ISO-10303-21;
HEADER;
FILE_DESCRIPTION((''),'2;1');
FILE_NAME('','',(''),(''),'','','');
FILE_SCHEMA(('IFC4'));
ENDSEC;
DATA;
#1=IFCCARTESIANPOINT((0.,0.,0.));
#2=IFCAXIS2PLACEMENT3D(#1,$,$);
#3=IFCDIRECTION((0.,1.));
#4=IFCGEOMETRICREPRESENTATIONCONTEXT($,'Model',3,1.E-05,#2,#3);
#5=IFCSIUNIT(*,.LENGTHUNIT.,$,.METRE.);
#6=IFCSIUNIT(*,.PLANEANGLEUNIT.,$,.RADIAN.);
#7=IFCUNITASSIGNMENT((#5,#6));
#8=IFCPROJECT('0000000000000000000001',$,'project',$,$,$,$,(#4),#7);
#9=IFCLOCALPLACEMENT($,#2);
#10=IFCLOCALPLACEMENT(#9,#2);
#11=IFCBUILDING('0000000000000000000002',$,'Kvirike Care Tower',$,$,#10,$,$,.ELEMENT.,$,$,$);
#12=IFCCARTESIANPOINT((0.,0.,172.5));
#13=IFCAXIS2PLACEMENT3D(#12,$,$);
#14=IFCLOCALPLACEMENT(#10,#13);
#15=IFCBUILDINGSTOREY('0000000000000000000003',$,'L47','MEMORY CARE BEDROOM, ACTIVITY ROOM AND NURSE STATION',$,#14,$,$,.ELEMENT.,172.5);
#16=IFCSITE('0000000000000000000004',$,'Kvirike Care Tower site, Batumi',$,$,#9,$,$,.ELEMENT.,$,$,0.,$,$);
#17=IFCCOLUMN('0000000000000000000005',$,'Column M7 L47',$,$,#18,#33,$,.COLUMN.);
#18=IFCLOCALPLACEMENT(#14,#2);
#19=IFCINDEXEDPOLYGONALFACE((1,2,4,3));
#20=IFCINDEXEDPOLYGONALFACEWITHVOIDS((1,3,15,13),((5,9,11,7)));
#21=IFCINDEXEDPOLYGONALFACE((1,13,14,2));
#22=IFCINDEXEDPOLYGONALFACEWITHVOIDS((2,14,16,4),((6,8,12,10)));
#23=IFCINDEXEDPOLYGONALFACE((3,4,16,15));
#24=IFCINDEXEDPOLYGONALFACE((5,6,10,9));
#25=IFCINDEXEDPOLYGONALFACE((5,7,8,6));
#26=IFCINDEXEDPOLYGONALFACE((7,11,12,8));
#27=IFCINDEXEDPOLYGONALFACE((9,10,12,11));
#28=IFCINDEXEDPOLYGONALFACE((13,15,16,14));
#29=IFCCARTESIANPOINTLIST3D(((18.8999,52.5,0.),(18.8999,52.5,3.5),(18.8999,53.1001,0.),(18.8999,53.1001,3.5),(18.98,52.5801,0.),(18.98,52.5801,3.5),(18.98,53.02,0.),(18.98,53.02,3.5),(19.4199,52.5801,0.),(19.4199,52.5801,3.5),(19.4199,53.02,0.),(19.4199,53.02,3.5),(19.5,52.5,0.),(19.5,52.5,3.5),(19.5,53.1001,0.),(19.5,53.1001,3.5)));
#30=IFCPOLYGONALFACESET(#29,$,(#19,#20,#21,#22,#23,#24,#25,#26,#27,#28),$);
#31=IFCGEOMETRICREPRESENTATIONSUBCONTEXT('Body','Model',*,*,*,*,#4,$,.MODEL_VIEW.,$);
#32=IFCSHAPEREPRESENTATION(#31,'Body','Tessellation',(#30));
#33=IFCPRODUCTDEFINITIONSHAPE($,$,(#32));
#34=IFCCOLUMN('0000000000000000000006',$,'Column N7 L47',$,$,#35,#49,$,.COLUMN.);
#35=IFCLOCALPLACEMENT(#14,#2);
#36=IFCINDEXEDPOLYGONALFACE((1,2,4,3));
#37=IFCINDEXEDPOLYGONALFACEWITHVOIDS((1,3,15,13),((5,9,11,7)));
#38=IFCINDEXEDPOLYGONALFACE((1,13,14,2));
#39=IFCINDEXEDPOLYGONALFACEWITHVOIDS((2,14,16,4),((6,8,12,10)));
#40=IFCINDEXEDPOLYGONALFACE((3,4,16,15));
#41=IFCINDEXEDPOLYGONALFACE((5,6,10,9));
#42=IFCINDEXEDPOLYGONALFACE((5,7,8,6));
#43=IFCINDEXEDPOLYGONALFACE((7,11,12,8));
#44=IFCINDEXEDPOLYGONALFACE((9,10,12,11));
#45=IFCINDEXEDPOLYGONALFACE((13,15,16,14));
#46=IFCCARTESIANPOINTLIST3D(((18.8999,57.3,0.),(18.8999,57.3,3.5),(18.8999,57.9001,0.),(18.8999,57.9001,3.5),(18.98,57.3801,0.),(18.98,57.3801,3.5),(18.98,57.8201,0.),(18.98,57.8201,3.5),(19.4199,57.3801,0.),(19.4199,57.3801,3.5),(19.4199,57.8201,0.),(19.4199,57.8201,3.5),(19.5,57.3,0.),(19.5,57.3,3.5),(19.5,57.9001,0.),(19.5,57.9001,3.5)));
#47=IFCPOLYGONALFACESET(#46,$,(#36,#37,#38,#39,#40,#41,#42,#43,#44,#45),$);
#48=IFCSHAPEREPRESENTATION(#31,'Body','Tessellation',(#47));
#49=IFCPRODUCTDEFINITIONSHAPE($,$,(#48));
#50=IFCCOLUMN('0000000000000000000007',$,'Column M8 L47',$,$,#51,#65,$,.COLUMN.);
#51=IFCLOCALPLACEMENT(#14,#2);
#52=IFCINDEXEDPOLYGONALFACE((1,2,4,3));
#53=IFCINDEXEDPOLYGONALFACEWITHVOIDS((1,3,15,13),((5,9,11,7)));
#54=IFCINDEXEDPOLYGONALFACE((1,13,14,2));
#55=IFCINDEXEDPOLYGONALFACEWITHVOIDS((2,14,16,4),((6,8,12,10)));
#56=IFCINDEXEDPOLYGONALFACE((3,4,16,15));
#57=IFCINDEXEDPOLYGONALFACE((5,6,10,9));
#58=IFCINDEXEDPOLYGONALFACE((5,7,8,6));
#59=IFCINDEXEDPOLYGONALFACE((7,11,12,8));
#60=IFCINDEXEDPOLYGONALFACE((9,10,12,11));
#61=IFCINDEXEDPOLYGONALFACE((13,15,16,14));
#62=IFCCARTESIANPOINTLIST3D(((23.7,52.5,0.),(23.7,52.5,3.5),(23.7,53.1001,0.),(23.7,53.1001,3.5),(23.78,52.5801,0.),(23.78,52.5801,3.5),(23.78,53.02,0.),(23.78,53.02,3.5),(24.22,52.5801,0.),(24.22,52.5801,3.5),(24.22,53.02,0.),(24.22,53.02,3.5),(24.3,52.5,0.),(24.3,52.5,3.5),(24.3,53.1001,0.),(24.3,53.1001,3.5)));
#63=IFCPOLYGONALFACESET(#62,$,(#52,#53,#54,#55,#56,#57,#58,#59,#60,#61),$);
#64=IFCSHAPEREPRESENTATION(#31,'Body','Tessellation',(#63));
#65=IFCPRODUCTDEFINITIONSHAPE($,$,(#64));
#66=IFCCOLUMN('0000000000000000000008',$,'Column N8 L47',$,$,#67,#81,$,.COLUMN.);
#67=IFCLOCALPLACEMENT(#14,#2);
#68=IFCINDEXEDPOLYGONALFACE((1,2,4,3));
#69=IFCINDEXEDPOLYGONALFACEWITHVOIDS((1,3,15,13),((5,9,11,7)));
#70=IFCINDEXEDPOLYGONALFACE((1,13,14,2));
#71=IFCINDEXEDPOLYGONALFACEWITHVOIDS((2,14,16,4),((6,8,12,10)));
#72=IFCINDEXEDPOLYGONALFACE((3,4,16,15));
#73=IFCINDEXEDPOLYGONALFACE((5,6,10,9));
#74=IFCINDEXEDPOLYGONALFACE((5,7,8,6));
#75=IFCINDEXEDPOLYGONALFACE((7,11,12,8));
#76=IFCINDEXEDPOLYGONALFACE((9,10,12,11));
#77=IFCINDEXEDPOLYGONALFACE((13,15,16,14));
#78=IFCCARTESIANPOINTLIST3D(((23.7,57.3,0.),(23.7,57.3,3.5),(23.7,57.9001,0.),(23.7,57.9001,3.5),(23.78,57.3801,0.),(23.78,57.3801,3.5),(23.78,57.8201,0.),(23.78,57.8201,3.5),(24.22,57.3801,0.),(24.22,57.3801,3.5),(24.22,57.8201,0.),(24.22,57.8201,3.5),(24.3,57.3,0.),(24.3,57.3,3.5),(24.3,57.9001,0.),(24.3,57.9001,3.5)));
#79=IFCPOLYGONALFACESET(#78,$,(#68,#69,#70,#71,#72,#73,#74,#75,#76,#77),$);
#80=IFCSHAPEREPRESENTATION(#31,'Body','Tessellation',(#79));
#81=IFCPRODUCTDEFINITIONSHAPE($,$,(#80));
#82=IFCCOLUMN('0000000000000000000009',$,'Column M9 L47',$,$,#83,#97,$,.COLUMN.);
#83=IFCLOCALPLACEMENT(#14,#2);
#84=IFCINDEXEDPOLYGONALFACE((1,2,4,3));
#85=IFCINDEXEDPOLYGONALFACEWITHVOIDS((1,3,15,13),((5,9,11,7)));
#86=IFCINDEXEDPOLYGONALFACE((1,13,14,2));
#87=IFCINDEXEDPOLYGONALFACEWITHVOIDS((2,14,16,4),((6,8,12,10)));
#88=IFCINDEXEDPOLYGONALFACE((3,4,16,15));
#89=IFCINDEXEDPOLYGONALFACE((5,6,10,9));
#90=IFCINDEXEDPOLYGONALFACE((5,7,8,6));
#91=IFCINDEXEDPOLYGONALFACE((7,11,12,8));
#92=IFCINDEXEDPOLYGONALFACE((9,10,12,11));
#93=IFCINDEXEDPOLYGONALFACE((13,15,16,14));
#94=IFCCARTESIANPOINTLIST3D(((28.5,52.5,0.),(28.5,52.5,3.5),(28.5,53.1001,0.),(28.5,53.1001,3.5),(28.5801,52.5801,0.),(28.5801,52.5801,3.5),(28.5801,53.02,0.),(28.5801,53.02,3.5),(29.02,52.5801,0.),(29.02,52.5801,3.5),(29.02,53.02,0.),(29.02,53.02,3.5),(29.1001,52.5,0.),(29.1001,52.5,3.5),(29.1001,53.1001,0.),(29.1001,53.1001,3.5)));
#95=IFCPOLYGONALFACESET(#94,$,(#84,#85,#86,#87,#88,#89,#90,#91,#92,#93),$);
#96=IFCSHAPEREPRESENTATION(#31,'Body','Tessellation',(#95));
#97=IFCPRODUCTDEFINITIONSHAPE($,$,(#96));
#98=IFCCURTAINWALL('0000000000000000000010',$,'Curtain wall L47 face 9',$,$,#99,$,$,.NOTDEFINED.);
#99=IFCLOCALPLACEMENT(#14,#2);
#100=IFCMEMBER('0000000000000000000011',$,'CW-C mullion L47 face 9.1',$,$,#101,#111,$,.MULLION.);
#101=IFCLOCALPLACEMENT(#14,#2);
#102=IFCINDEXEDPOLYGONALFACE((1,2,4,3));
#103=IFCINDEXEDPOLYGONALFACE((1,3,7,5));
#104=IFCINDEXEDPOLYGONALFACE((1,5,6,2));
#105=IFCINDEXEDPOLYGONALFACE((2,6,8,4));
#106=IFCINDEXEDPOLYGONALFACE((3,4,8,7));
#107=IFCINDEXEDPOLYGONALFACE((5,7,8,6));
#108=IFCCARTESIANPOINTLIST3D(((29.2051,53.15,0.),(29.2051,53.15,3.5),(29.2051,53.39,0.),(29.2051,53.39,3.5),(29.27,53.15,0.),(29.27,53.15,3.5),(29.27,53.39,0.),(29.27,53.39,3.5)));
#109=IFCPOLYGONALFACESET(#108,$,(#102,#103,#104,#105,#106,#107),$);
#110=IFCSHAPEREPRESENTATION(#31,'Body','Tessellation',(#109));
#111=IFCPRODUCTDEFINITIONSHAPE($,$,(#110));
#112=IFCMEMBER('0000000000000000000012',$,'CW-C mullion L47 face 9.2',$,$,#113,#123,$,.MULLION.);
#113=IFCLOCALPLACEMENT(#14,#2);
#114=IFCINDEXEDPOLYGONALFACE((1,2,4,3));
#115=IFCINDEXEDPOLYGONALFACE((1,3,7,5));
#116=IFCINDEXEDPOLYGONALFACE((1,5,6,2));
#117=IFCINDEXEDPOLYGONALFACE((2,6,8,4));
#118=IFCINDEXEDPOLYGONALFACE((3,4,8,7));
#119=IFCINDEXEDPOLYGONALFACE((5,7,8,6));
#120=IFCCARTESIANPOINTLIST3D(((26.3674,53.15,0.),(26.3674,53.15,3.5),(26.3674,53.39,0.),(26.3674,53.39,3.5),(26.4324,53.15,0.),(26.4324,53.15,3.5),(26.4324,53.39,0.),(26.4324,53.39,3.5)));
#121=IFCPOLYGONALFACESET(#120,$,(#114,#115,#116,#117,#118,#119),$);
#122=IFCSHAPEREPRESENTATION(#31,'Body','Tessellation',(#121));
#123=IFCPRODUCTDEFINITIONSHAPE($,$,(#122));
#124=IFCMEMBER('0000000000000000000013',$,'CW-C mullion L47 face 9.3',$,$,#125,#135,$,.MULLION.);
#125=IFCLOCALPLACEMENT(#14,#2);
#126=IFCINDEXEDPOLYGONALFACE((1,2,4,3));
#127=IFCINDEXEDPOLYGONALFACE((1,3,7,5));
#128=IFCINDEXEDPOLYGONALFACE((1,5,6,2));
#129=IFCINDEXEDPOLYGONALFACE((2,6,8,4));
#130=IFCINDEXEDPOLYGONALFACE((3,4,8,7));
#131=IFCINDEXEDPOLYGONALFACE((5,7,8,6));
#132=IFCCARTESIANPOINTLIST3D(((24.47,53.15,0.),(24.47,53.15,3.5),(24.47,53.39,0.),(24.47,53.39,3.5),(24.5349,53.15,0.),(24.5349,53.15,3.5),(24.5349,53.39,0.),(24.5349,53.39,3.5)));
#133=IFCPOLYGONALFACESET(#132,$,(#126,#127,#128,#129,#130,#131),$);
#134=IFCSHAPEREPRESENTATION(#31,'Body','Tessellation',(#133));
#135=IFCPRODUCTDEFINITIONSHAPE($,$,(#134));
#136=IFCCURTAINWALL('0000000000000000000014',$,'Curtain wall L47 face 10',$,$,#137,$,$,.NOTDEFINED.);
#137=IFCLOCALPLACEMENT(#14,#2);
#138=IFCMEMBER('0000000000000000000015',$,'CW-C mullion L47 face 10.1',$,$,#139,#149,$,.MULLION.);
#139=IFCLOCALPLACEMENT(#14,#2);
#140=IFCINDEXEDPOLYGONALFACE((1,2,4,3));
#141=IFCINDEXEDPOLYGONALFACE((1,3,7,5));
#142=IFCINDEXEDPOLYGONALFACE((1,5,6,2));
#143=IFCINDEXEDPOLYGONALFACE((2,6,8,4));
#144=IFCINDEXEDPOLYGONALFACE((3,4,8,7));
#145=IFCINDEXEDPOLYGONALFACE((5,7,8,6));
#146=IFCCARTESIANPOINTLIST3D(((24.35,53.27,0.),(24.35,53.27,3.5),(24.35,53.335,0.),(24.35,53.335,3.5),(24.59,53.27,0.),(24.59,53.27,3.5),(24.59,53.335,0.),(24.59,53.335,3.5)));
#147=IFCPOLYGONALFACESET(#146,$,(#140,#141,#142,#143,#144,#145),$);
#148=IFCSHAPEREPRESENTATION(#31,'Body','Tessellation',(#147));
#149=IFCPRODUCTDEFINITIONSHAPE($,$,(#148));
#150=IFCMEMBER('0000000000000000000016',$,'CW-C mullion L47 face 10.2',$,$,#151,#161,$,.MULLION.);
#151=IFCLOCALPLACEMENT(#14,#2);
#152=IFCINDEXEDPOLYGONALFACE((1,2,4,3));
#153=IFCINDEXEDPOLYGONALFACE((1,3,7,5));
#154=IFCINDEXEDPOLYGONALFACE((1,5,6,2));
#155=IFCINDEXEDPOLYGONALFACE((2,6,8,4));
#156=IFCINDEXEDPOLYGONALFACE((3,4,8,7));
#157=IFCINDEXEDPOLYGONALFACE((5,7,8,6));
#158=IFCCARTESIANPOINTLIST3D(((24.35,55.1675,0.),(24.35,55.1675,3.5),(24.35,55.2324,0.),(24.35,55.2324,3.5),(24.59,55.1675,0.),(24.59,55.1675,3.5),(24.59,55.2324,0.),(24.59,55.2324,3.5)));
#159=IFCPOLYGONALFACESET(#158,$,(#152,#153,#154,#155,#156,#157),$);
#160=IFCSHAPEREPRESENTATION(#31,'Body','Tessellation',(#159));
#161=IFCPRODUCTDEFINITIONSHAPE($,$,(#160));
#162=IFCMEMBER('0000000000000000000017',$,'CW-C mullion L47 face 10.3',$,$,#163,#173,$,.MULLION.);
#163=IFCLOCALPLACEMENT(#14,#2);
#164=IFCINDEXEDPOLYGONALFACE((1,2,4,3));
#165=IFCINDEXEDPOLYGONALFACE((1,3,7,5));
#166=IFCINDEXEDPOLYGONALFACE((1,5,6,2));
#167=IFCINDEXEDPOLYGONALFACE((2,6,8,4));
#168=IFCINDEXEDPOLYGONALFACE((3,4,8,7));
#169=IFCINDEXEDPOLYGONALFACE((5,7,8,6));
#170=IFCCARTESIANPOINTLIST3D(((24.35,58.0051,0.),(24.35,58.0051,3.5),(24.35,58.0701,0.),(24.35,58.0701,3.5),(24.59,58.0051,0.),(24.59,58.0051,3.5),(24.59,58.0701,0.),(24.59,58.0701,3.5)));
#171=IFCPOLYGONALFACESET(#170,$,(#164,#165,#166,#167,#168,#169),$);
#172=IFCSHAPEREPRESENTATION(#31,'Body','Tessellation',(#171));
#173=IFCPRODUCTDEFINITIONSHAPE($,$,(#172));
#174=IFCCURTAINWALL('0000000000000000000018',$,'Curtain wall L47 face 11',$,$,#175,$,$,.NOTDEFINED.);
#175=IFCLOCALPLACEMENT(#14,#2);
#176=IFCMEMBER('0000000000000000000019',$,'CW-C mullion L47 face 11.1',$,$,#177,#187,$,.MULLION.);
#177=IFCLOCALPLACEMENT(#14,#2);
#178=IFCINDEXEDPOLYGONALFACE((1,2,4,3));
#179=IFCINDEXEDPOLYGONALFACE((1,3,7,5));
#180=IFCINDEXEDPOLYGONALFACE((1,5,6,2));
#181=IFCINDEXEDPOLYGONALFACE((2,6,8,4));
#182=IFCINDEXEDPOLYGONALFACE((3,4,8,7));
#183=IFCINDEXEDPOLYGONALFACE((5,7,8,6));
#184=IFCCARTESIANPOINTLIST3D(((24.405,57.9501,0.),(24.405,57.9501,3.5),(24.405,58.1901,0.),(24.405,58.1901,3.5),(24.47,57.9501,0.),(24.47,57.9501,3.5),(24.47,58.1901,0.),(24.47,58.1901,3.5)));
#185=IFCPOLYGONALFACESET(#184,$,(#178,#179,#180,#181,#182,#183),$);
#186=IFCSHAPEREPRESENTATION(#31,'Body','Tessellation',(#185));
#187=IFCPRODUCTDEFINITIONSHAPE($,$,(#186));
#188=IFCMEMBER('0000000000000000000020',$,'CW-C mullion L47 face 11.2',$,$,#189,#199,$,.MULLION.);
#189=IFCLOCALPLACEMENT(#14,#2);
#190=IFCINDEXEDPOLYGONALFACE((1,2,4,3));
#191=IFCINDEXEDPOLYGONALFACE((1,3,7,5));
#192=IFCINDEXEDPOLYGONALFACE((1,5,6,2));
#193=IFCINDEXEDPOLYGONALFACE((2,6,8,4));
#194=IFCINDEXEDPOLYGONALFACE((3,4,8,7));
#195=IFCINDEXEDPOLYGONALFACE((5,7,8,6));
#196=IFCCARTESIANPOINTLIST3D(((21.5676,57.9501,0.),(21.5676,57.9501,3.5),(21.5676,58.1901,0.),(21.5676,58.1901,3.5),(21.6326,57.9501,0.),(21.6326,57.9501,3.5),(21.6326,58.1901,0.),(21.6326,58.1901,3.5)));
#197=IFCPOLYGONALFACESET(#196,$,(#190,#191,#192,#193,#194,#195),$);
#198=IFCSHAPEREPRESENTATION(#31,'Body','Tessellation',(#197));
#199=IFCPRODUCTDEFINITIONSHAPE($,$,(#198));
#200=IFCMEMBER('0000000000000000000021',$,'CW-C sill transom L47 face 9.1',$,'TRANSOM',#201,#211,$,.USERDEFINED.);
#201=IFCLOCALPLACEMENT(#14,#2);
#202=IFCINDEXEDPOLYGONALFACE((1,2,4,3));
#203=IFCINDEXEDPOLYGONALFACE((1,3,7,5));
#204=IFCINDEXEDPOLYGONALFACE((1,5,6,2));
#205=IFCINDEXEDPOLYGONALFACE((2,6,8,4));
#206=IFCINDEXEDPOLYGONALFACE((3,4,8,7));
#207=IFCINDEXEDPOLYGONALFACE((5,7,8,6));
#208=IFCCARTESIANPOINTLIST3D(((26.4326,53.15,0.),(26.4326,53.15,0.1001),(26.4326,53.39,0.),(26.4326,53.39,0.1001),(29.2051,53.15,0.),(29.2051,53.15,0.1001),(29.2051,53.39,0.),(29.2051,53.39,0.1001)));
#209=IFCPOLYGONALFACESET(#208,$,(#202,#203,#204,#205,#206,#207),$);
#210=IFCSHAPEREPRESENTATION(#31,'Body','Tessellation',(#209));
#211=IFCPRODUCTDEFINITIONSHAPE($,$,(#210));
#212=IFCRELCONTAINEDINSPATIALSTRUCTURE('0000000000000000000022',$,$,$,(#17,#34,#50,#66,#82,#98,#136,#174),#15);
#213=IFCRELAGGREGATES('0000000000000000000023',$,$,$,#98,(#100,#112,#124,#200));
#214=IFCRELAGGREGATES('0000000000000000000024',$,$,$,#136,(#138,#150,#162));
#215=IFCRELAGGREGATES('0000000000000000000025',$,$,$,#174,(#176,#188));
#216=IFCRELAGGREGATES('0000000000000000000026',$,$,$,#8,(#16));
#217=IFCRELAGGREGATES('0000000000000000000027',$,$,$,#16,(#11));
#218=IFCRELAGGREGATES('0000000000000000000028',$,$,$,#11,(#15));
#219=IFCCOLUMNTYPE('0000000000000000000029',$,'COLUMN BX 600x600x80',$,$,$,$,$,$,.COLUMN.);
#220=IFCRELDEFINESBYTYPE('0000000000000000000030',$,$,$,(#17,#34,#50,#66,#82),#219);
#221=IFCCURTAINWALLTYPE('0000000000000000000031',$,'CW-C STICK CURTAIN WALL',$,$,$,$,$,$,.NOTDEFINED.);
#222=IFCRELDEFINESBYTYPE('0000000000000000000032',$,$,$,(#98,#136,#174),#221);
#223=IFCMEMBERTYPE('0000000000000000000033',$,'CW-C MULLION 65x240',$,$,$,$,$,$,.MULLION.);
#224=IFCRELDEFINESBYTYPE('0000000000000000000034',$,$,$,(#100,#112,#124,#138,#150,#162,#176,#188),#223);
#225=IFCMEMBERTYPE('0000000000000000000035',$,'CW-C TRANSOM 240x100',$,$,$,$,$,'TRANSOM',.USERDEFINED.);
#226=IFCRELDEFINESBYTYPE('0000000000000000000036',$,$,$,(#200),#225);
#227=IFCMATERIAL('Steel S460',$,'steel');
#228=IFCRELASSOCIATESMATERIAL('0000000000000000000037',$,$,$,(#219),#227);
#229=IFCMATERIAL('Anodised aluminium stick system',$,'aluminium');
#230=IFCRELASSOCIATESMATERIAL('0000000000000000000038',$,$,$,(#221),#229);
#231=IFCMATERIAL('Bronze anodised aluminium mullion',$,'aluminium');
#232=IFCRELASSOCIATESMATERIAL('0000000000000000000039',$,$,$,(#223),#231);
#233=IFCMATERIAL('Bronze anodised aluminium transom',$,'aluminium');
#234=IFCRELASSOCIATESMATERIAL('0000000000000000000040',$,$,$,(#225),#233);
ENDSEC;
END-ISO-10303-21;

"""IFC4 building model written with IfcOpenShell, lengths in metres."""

from ifc_helpers import new_model, si_unit, direction, frame, origin, origin_2d, place, context, subcontext, project, spatial, rectangle, hollow_rectangle, extrude, material, material_profile, profile_set, type_object, element, aggregate, save


model = new_model("IFC4")

# Units and contexts
model_context = context("Model", 3, precision=1e-05, world=origin(), true_north=direction((0.0, 1.0)))
body_context = subcontext(model_context, "Body", "Model", "MODEL_VIEW")
ifc_project = project(units=[si_unit("LENGTHUNIT", "METRE"), si_unit("PLANEANGLEUNIT", "RADIAN")], contexts=[model_context])

# Site, building, storey
site_placement = place(None, origin())
site = spatial("IfcSite", under=ifc_project, at=site_placement, Name="Kvirike Care Tower site, Batumi", CompositionType="ELEMENT", RefElevation=0.0)
building_placement = place(site_placement, origin())
building = spatial("IfcBuilding", under=site, at=building_placement, Name="Kvirike Care Tower", CompositionType="ELEMENT")
storey_placement = place(building_placement, frame((0.0, 0.0, 172.5)))
storey = spatial("IfcBuildingStorey", under=building, at=storey_placement, Name="L47", Description="MEMORY CARE BEDROOM, ACTIVITY ROOM AND NURSE STATION", CompositionType="ELEMENT", Elevation=172.5)

# Columns
ifc_material_1 = material(Name="Steel S460", Category="steel")
ifc_material_profile_1 = material_profile(ifc_material_1, hollow_rectangle(XDim=0.6001, YDim=0.6001, WallThickness=0.0801, at=origin_2d()), Name="BX 600x600x80")
ifc_profile_set_1 = profile_set([ifc_material_profile_1], Name="Steel S460")
column_type = type_object("IfcColumnType", Name="COLUMN BX 600x600x80", PredefinedType="COLUMN", material=ifc_profile_set_1)
for number, where, z_axis, x_axis, name in (
    (1, (19.2, 52.8, 0.0), (0.0, 0.0, 1.0), (0.0, 1.0, 0.0), "Column M7 L47"),
    (2, (19.2, 57.6001, 0.0), (0.0, 0.0, 1.0), (0.0, 1.0, 0.0), "Column N7 L47"),
    (3, (24.0, 52.8, 0.0), (0.0, 0.0, 1.0), (0.0, 1.0, 0.0), "Column M8 L47"),
    (4, (24.0, 57.6001, 0.0), (0.0, 0.0, 1.0), (0.0, 1.0, 0.0), "Column N8 L47"),
    (5, (28.8, 52.8, 0.0), (0.0, 0.0, 1.0), (0.0, 1.0, 0.0), "Column M9 L47"),
):
    element("IfcColumn", number, at=place(storey_placement, frame(where, z_axis=z_axis, x_axis=x_axis)), inside=storey, type_object=column_type, Name=name, PredefinedType="COLUMN", context=body_context, shape_type="SweptSolid", body=[
        extrude(hollow_rectangle(XDim=0.6001, YDim=0.6001, WallThickness=0.0801, at=origin_2d()), origin(), (0.0, 0.0, 1.0), 3.5),
    ])

# Curtain walls, members
ifc_material_2 = material(Name="Anodised aluminium stick system", Category="aluminium")
curtain_wall_type = type_object("IfcCurtainWallType", Name="CW-C STICK CURTAIN WALL", PredefinedType="NOTDEFINED", material=ifc_material_2)
curtain_wall_1_placement = place(storey_placement, origin())
curtain_wall_1 = element("IfcCurtainWall", 6, at=curtain_wall_1_placement, inside=storey, type_object=curtain_wall_type, Name="Curtain wall L47 face 9", PredefinedType="NOTDEFINED")
ifc_material_3 = material(Name="Bronze anodised aluminium mullion", Category="aluminium")
ifc_material_profile_2 = material_profile(ifc_material_3, rectangle(XDim=0.0649, YDim=0.24, at=origin_2d()), Name="CW-C MULLION 65x240")
ifc_profile_set_2 = profile_set([ifc_material_profile_2], Name="Bronze anodised aluminium mullion")
member_type_1 = type_object("IfcMemberType", Name="CW-C MULLION 65x240", PredefinedType="MULLION", material=ifc_profile_set_2)
member_1_placement = place(storey_placement, frame((29.2375, 53.27, 0.0), z_axis=(0.0, 0.0, 1.0), x_axis=(-1.0, 0.0, 0.0)))
member_1 = element("IfcMember", 7, at=member_1_placement, type_object=member_type_1, Name="CW-C mullion L47 face 9.1", PredefinedType="MULLION", context=body_context, shape_type="SweptSolid", body=[
    extrude(rectangle(XDim=0.0649, YDim=0.24, at=origin_2d()), origin(), (0.0, 0.0, 1.0), 3.5),
])
member_2_placement = place(storey_placement, frame((26.3999, 53.27, 0.0), z_axis=(0.0, 0.0, 1.0), x_axis=(-1.0, 0.0, 0.0)))
member_2 = element("IfcMember", 8, at=member_2_placement, type_object=member_type_1, Name="CW-C mullion L47 face 9.2", PredefinedType="MULLION", context=body_context, shape_type="SweptSolid", body=[
    extrude(rectangle(XDim=0.0649, YDim=0.24, at=origin_2d()), origin(), (0.0, 0.0, 1.0), 3.5),
])
member_3_placement = place(storey_placement, frame((24.5024, 53.27, 0.0), z_axis=(0.0, 0.0, 1.0), x_axis=(-1.0, 0.0, 0.0)))
member_3 = element("IfcMember", 9, at=member_3_placement, type_object=member_type_1, Name="CW-C mullion L47 face 9.3", PredefinedType="MULLION", context=body_context, shape_type="SweptSolid", body=[
    extrude(rectangle(XDim=0.0649, YDim=0.24, at=origin_2d()), origin(), (0.0, 0.0, 1.0), 3.5),
])
curtain_wall_2_placement = place(storey_placement, origin())
curtain_wall_2 = element("IfcCurtainWall", 10, at=curtain_wall_2_placement, inside=storey, type_object=curtain_wall_type, Name="Curtain wall L47 face 10", PredefinedType="NOTDEFINED")
member_4_placement = place(storey_placement, frame((24.47, 53.3025, 0.0), z_axis=(0.0, 0.0, 1.0), x_axis=(0.0, 1.0, 0.0)))
member_4 = element("IfcMember", 11, at=member_4_placement, type_object=member_type_1, Name="CW-C mullion L47 face 10.1", PredefinedType="MULLION", context=body_context, shape_type="SweptSolid", body=[
    extrude(rectangle(XDim=0.0649, YDim=0.24, at=origin_2d()), origin(), (0.0, 0.0, 1.0), 3.5),
])
member_5_placement = place(storey_placement, frame((24.47, 55.2, 0.0), z_axis=(0.0, 0.0, 1.0), x_axis=(0.0, 1.0, 0.0)))
member_5 = element("IfcMember", 12, at=member_5_placement, type_object=member_type_1, Name="CW-C mullion L47 face 10.2", PredefinedType="MULLION", context=body_context, shape_type="SweptSolid", body=[
    extrude(rectangle(XDim=0.0649, YDim=0.24, at=origin_2d()), origin(), (0.0, 0.0, 1.0), 3.5),
])
member_6_placement = place(storey_placement, frame((24.47, 58.0376, 0.0), z_axis=(0.0, 0.0, 1.0), x_axis=(0.0, 1.0, 0.0)))
member_6 = element("IfcMember", 13, at=member_6_placement, type_object=member_type_1, Name="CW-C mullion L47 face 10.3", PredefinedType="MULLION", context=body_context, shape_type="SweptSolid", body=[
    extrude(rectangle(XDim=0.0649, YDim=0.24, at=origin_2d()), origin(), (0.0, 0.0, 1.0), 3.5),
])
curtain_wall_3_placement = place(storey_placement, origin())
curtain_wall_3 = element("IfcCurtainWall", 14, at=curtain_wall_3_placement, inside=storey, type_object=curtain_wall_type, Name="Curtain wall L47 face 11", PredefinedType="NOTDEFINED")
member_7_placement = place(storey_placement, frame((24.4375, 58.0701, 0.0), z_axis=(0.0, 0.0, 1.0), x_axis=(-1.0, 0.0, 0.0)))
member_7 = element("IfcMember", 15, at=member_7_placement, type_object=member_type_1, Name="CW-C mullion L47 face 11.1", PredefinedType="MULLION", context=body_context, shape_type="SweptSolid", body=[
    extrude(rectangle(XDim=0.0649, YDim=0.24, at=origin_2d()), origin(), (0.0, 0.0, 1.0), 3.5),
])
member_8_placement = place(storey_placement, frame((21.6001, 58.0701, 0.0), z_axis=(0.0, 0.0, 1.0), x_axis=(-1.0, 0.0, 0.0)))
member_8 = element("IfcMember", 16, at=member_8_placement, type_object=member_type_1, Name="CW-C mullion L47 face 11.2", PredefinedType="MULLION", context=body_context, shape_type="SweptSolid", body=[
    extrude(rectangle(XDim=0.0649, YDim=0.24, at=origin_2d()), origin(), (0.0, 0.0, 1.0), 3.5),
])

# Member
ifc_material_4 = material(Name="Bronze anodised aluminium transom", Category="aluminium")
ifc_material_profile_3 = material_profile(ifc_material_4, rectangle(XDim=0.24, YDim=0.1001, at=origin_2d()), Name="CW-C TRANSOM 240x100")
ifc_profile_set_3 = profile_set([ifc_material_profile_3], Name="Bronze anodised aluminium transom")
member_type_2 = type_object("IfcMemberType", Name="CW-C TRANSOM 240x100", ElementType="TRANSOM", PredefinedType="USERDEFINED", material=ifc_profile_set_3)
member_9_placement = place(storey_placement, frame((29.2051, 53.27, 0.05), z_axis=(-1.0, 0.0, 0.0), x_axis=(0.0, -1.0, 0.0)))
member_9 = element("IfcMember", 17, at=member_9_placement, type_object=member_type_2, Name="CW-C sill transom L47 face 9.1", ObjectType="TRANSOM", PredefinedType="USERDEFINED", context=body_context, shape_type="SweptSolid", body=[
    extrude(rectangle(XDim=0.24, YDim=0.1001, at=origin_2d()), origin(), (0.0, 0.0, 1.0), 2.7725),
])

aggregate(curtain_wall_1, [member_1, member_2, member_3, member_9])
aggregate(curtain_wall_2, [member_4, member_5, member_6])
aggregate(curtain_wall_3, [member_7, member_8])

save(model, "model.ifc")
